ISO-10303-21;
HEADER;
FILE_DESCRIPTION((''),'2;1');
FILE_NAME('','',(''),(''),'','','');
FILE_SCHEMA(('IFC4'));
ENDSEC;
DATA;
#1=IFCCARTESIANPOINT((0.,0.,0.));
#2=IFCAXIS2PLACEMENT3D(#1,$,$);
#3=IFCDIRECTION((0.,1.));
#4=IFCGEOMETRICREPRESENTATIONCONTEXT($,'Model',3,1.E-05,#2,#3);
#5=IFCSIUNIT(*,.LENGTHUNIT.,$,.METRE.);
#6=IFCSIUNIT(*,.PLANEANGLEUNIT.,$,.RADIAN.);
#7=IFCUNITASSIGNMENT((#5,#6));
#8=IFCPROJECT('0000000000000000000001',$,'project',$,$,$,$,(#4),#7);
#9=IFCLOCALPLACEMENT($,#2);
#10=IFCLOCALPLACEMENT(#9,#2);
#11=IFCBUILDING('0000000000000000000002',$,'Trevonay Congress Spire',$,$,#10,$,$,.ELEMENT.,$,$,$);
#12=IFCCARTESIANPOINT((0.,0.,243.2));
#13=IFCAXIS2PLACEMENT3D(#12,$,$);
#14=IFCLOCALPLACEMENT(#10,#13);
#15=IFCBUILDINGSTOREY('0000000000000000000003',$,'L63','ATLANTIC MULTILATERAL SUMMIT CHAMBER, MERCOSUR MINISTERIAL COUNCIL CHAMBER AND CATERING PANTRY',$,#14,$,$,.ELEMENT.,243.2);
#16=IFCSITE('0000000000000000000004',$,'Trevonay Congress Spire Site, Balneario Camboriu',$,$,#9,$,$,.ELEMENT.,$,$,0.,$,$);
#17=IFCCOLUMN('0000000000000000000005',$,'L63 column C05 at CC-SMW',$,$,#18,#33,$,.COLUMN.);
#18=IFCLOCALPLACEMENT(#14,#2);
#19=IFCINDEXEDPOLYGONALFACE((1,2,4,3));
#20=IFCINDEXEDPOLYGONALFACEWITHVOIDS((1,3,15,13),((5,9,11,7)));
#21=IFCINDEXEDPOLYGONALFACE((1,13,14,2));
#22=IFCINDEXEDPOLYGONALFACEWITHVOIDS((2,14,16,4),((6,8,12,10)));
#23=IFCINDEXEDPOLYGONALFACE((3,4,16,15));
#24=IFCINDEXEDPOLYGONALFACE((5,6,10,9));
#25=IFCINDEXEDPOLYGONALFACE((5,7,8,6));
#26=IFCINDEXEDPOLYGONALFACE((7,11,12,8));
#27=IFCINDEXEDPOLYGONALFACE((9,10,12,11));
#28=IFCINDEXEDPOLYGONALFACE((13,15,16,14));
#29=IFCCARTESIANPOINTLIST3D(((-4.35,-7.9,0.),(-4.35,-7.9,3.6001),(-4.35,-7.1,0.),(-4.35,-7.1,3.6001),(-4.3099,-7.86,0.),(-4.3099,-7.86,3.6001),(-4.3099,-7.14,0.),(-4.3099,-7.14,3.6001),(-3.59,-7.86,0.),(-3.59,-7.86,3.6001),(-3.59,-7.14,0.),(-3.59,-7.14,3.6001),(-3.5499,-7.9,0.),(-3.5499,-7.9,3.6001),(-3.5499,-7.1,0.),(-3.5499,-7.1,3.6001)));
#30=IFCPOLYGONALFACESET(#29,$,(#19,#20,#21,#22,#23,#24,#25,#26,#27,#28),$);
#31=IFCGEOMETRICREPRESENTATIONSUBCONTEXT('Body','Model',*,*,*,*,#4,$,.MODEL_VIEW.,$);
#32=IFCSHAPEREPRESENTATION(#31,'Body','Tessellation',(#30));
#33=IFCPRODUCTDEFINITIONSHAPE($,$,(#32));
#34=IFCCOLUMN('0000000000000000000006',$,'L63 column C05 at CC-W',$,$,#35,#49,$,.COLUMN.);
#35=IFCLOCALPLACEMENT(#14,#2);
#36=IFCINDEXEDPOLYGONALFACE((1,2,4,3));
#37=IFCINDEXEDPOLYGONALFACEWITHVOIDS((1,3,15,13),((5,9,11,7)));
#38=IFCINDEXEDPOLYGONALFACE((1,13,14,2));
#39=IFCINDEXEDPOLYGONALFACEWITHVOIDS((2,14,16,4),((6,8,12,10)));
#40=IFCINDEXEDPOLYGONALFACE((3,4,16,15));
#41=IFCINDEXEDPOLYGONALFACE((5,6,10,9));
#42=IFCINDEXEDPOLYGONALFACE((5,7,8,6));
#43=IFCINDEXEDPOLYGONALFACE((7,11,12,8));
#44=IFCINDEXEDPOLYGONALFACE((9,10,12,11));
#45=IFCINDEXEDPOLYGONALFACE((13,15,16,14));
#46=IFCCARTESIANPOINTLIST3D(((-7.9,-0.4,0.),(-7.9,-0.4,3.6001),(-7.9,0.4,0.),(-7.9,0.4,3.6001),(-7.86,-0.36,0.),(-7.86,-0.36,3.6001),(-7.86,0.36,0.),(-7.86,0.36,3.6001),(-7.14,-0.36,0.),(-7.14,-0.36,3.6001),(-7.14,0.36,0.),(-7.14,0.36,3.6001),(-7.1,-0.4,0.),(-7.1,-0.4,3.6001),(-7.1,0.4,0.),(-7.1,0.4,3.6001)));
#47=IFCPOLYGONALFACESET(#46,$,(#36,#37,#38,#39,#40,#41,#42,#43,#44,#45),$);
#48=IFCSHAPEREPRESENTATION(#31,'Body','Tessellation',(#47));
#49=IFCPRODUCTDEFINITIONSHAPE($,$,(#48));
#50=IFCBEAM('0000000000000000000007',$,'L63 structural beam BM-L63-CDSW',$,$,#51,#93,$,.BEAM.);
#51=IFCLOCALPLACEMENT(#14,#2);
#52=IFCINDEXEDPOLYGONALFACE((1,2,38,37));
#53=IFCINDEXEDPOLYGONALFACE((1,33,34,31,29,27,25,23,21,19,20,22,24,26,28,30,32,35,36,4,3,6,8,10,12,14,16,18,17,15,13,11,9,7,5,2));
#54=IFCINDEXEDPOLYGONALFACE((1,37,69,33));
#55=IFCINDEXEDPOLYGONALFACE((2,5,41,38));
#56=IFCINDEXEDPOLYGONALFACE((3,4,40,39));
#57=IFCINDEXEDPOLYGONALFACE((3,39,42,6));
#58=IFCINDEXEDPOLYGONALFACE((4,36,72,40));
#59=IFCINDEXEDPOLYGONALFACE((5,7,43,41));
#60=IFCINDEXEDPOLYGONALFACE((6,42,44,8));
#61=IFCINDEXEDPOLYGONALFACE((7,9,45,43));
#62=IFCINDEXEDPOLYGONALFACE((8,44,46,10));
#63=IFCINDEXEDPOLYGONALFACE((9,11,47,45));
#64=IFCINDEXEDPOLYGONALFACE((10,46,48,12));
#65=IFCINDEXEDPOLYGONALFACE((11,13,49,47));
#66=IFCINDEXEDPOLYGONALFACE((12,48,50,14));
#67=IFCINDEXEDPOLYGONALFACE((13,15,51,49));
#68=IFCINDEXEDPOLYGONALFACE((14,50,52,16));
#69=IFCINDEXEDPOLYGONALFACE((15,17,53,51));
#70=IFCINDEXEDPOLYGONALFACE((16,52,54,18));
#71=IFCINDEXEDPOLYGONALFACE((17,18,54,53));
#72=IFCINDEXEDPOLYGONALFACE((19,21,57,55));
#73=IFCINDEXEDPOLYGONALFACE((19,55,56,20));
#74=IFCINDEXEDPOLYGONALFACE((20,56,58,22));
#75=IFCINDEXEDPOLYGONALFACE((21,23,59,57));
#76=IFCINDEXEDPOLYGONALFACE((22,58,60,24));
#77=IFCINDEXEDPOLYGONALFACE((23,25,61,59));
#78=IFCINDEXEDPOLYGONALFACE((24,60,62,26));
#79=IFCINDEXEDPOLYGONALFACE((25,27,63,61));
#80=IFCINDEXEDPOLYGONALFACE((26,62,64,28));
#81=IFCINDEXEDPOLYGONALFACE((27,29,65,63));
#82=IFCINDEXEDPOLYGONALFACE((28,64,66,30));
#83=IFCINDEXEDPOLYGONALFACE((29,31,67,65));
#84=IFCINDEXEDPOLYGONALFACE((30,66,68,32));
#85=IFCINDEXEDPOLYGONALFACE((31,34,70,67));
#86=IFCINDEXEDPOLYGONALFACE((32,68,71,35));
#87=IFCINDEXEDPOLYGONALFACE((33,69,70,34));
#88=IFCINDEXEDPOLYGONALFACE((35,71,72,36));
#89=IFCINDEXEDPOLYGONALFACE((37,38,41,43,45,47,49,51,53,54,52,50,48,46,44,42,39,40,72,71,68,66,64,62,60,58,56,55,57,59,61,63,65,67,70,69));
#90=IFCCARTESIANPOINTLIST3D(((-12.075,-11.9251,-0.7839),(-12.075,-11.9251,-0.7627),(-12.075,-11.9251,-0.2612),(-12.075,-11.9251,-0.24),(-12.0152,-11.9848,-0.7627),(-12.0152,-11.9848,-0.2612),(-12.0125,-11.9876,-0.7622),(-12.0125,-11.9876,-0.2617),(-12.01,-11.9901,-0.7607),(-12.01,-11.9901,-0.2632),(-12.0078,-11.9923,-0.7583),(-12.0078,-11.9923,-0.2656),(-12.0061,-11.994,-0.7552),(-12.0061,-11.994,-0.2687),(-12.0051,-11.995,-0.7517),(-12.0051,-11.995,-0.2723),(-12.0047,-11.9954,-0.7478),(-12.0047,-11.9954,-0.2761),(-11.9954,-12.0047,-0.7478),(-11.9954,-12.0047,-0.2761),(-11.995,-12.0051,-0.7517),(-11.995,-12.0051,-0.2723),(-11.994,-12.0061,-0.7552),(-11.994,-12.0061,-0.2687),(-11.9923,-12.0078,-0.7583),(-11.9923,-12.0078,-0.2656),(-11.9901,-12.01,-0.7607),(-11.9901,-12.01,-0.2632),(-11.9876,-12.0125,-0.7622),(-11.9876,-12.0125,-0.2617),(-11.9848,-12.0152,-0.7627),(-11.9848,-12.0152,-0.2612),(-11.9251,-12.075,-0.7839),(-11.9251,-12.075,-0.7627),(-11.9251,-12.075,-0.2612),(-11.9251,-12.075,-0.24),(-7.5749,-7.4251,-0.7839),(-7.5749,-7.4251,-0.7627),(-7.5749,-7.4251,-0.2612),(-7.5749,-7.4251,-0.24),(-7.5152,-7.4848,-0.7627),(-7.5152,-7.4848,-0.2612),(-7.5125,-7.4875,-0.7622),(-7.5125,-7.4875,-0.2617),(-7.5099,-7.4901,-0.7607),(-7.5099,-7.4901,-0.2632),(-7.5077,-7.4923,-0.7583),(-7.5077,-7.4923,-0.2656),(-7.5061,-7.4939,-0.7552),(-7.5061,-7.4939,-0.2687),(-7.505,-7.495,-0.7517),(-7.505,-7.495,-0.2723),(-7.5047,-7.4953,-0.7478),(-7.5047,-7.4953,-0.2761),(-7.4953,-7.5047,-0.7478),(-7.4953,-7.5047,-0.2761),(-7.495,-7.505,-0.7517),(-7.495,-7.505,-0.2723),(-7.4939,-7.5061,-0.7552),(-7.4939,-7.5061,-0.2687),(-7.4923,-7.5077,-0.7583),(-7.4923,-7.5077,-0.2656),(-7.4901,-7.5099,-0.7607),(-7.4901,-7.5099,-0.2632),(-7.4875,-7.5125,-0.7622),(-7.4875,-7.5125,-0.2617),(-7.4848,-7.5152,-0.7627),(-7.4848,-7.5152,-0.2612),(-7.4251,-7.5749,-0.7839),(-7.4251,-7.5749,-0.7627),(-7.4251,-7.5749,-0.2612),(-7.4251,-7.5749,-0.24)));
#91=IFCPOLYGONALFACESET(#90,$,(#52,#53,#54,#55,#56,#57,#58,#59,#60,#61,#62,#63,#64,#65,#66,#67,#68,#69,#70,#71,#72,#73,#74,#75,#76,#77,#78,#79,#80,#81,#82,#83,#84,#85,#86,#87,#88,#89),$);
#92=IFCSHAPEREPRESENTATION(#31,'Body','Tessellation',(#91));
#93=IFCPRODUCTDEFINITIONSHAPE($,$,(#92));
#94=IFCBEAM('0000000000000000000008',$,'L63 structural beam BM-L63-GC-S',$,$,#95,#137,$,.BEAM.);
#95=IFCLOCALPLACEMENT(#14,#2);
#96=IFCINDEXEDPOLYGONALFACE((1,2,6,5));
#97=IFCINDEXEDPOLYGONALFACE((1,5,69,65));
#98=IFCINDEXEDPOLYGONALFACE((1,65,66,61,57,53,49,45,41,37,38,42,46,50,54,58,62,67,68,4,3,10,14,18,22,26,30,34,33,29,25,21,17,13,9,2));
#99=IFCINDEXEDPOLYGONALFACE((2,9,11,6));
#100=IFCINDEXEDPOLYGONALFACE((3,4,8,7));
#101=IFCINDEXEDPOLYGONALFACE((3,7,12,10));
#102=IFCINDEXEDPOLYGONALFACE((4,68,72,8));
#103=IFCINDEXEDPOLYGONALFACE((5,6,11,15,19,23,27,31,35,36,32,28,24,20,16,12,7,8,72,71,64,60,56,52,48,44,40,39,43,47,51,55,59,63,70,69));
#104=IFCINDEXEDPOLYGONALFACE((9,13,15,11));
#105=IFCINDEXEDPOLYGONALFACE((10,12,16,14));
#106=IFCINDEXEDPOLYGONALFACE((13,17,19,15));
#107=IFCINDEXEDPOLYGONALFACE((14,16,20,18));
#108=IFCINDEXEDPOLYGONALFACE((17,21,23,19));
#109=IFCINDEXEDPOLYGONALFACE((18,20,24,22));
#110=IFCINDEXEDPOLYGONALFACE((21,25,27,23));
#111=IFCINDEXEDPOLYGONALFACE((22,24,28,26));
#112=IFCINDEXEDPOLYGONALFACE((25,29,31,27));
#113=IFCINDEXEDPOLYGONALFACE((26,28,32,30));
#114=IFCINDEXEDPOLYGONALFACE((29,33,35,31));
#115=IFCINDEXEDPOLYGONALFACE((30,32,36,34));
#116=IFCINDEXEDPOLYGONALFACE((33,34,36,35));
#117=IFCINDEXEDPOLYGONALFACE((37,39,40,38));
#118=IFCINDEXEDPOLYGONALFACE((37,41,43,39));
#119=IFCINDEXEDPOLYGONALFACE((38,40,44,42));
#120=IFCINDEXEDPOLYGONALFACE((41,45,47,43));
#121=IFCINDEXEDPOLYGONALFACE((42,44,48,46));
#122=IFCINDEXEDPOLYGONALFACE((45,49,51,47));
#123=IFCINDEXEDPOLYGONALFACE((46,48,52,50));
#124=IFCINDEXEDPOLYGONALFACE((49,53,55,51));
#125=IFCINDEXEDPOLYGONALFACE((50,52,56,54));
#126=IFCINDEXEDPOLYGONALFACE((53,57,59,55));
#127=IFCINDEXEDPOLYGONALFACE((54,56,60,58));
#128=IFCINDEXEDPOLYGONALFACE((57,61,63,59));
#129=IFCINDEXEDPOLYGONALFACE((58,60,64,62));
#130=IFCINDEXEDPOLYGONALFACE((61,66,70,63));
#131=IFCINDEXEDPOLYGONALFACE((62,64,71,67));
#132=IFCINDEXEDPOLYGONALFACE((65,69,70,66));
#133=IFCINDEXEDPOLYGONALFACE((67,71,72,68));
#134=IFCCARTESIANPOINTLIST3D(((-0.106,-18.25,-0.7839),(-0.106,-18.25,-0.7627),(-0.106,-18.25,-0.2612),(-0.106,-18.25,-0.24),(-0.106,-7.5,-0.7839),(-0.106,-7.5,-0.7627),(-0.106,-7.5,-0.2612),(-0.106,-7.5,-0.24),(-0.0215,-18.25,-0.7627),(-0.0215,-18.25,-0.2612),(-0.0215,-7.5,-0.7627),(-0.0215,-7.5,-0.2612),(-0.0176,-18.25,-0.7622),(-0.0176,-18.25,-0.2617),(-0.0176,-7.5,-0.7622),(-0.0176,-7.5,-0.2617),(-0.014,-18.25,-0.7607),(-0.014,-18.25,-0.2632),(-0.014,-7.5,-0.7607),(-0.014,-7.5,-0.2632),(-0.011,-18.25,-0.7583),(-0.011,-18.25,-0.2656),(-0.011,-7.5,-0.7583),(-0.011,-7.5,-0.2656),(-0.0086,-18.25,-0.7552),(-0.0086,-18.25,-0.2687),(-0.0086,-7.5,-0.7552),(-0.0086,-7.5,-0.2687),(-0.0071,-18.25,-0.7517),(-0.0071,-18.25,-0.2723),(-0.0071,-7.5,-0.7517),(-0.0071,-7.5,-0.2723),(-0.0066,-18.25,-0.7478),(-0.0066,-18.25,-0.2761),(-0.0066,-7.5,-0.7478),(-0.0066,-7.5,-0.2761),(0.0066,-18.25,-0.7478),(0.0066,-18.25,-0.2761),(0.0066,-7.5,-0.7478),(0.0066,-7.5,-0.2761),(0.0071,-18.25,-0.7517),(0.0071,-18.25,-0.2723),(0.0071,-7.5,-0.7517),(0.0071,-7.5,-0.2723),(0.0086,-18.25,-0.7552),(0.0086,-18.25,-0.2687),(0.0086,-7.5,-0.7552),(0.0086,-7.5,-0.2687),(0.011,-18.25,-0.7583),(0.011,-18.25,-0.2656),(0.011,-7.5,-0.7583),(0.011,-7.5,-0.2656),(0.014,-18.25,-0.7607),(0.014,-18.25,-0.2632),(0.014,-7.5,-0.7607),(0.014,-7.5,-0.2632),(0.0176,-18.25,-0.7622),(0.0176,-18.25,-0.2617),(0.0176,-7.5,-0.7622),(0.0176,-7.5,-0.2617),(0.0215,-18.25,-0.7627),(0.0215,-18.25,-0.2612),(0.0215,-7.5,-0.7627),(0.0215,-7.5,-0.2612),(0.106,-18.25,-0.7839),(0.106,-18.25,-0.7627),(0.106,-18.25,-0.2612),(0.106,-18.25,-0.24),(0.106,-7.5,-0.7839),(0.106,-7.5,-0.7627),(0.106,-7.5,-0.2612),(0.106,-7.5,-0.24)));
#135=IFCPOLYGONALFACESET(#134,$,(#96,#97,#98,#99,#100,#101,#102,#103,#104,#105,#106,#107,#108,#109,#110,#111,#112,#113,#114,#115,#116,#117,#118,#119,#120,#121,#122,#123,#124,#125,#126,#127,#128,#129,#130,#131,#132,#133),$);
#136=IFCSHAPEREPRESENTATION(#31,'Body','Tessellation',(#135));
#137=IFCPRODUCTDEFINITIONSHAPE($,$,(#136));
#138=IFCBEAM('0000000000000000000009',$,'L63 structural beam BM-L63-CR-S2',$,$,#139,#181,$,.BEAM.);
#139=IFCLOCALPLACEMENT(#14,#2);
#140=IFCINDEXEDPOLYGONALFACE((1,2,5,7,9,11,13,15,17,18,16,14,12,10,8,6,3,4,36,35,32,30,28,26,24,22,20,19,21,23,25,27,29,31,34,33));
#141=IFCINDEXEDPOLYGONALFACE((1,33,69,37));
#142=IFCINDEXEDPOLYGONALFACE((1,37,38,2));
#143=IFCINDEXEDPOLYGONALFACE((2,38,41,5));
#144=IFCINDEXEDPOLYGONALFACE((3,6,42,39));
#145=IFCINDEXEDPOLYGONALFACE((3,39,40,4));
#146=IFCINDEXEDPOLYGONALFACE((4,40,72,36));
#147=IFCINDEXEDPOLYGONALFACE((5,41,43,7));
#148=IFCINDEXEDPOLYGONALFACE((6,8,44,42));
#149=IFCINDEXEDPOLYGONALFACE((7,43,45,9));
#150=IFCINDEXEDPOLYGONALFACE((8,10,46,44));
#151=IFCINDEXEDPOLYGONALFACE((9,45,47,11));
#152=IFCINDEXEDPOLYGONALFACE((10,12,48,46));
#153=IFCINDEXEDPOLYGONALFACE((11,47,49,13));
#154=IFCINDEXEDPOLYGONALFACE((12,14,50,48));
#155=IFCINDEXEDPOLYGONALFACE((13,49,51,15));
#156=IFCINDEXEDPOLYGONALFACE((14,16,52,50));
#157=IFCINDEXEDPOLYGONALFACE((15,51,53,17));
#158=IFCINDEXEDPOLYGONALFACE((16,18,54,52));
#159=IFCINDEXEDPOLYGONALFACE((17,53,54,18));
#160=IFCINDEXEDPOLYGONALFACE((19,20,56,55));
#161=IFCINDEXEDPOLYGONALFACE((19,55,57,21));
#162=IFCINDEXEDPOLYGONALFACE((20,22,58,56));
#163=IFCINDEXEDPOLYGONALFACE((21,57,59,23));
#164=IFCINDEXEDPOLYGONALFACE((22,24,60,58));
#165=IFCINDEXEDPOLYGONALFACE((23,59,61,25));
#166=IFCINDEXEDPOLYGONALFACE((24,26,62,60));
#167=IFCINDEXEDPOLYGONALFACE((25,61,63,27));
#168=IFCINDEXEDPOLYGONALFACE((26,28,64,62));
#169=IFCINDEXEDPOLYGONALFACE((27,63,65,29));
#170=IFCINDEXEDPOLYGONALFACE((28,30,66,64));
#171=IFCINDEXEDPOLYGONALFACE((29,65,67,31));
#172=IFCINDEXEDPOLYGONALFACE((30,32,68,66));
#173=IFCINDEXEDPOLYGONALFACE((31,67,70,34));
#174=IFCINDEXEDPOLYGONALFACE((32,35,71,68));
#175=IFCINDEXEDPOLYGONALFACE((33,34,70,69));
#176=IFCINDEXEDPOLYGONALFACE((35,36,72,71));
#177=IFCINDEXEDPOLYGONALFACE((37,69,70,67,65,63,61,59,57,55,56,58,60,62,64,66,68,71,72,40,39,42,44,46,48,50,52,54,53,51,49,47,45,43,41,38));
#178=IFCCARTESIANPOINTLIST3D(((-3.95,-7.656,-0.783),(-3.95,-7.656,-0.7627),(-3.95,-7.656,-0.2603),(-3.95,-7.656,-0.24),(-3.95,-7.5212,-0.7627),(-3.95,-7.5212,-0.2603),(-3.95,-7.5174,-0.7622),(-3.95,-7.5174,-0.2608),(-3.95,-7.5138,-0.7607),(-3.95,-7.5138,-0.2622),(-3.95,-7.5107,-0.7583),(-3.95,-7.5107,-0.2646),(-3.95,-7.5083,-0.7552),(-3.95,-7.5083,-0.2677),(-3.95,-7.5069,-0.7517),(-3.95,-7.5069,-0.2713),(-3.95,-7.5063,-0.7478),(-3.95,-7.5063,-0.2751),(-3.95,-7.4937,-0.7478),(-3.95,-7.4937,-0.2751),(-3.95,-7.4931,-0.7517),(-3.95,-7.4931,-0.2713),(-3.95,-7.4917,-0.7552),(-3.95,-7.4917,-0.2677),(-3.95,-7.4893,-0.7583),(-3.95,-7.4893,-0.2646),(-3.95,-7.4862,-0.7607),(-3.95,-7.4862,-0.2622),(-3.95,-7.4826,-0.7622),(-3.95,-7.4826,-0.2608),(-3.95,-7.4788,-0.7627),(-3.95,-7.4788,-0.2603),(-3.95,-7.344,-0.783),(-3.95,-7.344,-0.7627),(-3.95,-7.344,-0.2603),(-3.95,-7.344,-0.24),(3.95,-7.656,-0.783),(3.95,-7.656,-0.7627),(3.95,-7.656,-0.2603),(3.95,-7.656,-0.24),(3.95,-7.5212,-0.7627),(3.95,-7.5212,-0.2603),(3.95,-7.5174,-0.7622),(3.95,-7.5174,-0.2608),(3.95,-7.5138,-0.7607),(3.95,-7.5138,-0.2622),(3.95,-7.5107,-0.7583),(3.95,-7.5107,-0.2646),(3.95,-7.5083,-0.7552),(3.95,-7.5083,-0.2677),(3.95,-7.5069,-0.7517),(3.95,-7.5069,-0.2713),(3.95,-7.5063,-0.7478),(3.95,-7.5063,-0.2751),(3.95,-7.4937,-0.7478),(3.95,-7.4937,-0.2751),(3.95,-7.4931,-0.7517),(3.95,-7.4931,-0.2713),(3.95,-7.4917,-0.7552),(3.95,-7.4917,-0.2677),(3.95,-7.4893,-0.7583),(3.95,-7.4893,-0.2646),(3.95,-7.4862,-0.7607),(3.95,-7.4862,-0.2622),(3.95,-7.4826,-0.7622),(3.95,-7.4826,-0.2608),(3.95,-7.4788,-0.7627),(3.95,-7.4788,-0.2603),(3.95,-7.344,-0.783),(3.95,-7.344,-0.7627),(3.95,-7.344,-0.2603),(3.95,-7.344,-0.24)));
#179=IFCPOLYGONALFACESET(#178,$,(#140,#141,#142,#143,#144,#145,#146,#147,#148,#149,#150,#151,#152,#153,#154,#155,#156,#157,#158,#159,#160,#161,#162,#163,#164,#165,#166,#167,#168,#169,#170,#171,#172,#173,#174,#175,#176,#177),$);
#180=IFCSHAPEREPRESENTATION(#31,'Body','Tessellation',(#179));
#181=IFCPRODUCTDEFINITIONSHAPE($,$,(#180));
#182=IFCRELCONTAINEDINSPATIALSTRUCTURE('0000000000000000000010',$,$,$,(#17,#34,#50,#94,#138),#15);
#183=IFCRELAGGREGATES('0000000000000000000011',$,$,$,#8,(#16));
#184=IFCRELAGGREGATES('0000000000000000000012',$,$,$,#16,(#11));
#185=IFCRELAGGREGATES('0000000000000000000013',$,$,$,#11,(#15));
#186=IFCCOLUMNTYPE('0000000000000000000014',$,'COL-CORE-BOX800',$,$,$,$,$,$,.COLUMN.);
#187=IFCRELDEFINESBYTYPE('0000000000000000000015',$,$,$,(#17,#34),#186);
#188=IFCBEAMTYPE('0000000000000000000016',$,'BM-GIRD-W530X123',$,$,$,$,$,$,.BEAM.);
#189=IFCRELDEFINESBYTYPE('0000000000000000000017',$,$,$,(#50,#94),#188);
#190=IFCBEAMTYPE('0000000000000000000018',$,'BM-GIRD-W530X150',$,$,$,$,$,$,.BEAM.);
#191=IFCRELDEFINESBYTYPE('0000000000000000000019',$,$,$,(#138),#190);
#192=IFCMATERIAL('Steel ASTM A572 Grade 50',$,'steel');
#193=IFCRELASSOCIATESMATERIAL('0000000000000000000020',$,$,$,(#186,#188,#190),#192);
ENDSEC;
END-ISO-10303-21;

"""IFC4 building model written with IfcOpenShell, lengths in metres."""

from ifc_helpers import new_model, si_unit, direction, frame, origin, origin_2d, place, context, subcontext, project, spatial, hollow_rectangle, i_section, extrude, material, material_profile, profile_set, type_object, element, save


model = new_model("IFC4")

# Units and contexts
model_context = context("Model", 3, precision=1e-05, world=origin(), true_north=direction((0.0, 1.0)))
body_context = subcontext(model_context, "Body", "Model", "MODEL_VIEW")
ifc_project = project(units=[si_unit("LENGTHUNIT", "METRE"), si_unit("PLANEANGLEUNIT", "RADIAN")], contexts=[model_context])

# Site, building, storey
site_placement = place(None, origin())
site = spatial("IfcSite", under=ifc_project, at=site_placement, Name="Trevonay Congress Spire Site, Balneario Camboriu", CompositionType="ELEMENT", RefElevation=0.0)
building_placement = place(site_placement, origin())
building = spatial("IfcBuilding", under=site, at=building_placement, Name="Trevonay Congress Spire", CompositionType="ELEMENT")
storey_placement = place(building_placement, frame((0.0, 0.0, 243.2)))
storey = spatial("IfcBuildingStorey", under=building, at=storey_placement, Name="L63", Description="ATLANTIC MULTILATERAL SUMMIT CHAMBER, MERCOSUR MINISTERIAL COUNCIL CHAMBER AND CATERING PANTRY", CompositionType="ELEMENT", Elevation=243.2)

# Columns
ifc_material_1 = material(Name="Steel ASTM A572 Grade 50", Category="steel")
ifc_material_profile_1 = material_profile(ifc_material_1, hollow_rectangle(XDim=0.8, YDim=0.8, WallThickness=0.04, at=origin_2d()), Name="BOX 800x800x40")
ifc_profile_set_1 = profile_set([ifc_material_profile_1], Name="Steel ASTM A572 Grade 50")
column_type = type_object("IfcColumnType", Name="COL-CORE-BOX800", PredefinedType="COLUMN", material=ifc_profile_set_1)
for number, where, z_axis, x_axis, name in (
    (1, (-3.95, -7.5, 0.0), (0.0, 0.0, 1.0), (1.0, 0.0, 0.0), "L63 column C05 at CC-SMW"),
    (2, (-7.5, 0.0, 0.0), (0.0, 0.0, 1.0), (1.0, 0.0, 0.0), "L63 column C05 at CC-W"),
):
    element("IfcColumn", number, at=place(storey_placement, frame(where, z_axis=z_axis, x_axis=x_axis)), inside=storey, type_object=column_type, Name=name, PredefinedType="COLUMN", context=body_context, shape_type="SweptSolid", body=[
        extrude(hollow_rectangle(XDim=0.8, YDim=0.8, WallThickness=0.04, at=origin_2d()), origin(), (0.0, 0.0, 1.0), 3.6001),
    ])

# Beams
ifc_material_profile_2 = material_profile(ifc_material_1, i_section(OverallWidth=0.2119, OverallDepth=0.5439, WebThickness=0.0132, FlangeThickness=0.0212, FilletRadius=0.0149, at=origin_2d()), Name="W530x123")
ifc_profile_set_2 = profile_set([ifc_material_profile_2], Name="Steel ASTM A572 Grade 50")
beam_type_1 = type_object("IfcBeamType", Name="BM-GIRD-W530X123", PredefinedType="BEAM", material=ifc_profile_set_2)
beam_1_placement = place(storey_placement, frame((-7.5, -7.5, -0.512), z_axis=(-0.707107, -0.707107, 0.0), x_axis=(0.707107, -0.707107, 0.0)))
element("IfcBeam", 3, at=beam_1_placement, inside=storey, type_object=beam_type_1, Name="L63 structural beam BM-L63-CDSW", PredefinedType="BEAM", context=body_context, shape_type="SweptSolid", body=[
    extrude(i_section(OverallWidth=0.2119, OverallDepth=0.5439, WebThickness=0.0132, FlangeThickness=0.0212, FilletRadius=0.0149, at=origin_2d()), origin(), (0.0, 0.0, 1.0), 6.364),
])
beam_2_placement = place(storey_placement, frame((0.0, -7.5, -0.512), z_axis=(0.0, -1.0, 0.0), x_axis=(1.0, 0.0, 0.0)))
element("IfcBeam", 4, at=beam_2_placement, inside=storey, type_object=beam_type_1, Name="L63 structural beam BM-L63-GC-S", PredefinedType="BEAM", context=body_context, shape_type="SweptSolid", body=[
    extrude(i_section(OverallWidth=0.2119, OverallDepth=0.5439, WebThickness=0.0132, FlangeThickness=0.0212, FilletRadius=0.0149, at=origin_2d()), origin(), (0.0, 0.0, 1.0), 10.75),
])
ifc_material_profile_3 = material_profile(ifc_material_1, i_section(OverallWidth=0.312, OverallDepth=0.543, WebThickness=0.0127, FlangeThickness=0.0203, FilletRadius=0.0149, at=origin_2d()), Name="W530x150")
ifc_profile_set_3 = profile_set([ifc_material_profile_3], Name="Steel ASTM A572 Grade 50")
beam_type_2 = type_object("IfcBeamType", Name="BM-GIRD-W530X150", PredefinedType="BEAM", material=ifc_profile_set_3)
beam_3_placement = place(storey_placement, frame((-3.95, -7.5, -0.5115), z_axis=(1.0, 0.0, 0.0), x_axis=(0.0, 1.0, 0.0)))
element("IfcBeam", 5, at=beam_3_placement, inside=storey, type_object=beam_type_2, Name="L63 structural beam BM-L63-CR-S2", PredefinedType="BEAM", context=body_context, shape_type="SweptSolid", body=[
    extrude(i_section(OverallWidth=0.312, OverallDepth=0.543, WebThickness=0.0127, FlangeThickness=0.0203, FilletRadius=0.0149, at=origin_2d()), origin(), (0.0, 0.0, 1.0), 7.8999),
])

save(model, "model.ifc")
